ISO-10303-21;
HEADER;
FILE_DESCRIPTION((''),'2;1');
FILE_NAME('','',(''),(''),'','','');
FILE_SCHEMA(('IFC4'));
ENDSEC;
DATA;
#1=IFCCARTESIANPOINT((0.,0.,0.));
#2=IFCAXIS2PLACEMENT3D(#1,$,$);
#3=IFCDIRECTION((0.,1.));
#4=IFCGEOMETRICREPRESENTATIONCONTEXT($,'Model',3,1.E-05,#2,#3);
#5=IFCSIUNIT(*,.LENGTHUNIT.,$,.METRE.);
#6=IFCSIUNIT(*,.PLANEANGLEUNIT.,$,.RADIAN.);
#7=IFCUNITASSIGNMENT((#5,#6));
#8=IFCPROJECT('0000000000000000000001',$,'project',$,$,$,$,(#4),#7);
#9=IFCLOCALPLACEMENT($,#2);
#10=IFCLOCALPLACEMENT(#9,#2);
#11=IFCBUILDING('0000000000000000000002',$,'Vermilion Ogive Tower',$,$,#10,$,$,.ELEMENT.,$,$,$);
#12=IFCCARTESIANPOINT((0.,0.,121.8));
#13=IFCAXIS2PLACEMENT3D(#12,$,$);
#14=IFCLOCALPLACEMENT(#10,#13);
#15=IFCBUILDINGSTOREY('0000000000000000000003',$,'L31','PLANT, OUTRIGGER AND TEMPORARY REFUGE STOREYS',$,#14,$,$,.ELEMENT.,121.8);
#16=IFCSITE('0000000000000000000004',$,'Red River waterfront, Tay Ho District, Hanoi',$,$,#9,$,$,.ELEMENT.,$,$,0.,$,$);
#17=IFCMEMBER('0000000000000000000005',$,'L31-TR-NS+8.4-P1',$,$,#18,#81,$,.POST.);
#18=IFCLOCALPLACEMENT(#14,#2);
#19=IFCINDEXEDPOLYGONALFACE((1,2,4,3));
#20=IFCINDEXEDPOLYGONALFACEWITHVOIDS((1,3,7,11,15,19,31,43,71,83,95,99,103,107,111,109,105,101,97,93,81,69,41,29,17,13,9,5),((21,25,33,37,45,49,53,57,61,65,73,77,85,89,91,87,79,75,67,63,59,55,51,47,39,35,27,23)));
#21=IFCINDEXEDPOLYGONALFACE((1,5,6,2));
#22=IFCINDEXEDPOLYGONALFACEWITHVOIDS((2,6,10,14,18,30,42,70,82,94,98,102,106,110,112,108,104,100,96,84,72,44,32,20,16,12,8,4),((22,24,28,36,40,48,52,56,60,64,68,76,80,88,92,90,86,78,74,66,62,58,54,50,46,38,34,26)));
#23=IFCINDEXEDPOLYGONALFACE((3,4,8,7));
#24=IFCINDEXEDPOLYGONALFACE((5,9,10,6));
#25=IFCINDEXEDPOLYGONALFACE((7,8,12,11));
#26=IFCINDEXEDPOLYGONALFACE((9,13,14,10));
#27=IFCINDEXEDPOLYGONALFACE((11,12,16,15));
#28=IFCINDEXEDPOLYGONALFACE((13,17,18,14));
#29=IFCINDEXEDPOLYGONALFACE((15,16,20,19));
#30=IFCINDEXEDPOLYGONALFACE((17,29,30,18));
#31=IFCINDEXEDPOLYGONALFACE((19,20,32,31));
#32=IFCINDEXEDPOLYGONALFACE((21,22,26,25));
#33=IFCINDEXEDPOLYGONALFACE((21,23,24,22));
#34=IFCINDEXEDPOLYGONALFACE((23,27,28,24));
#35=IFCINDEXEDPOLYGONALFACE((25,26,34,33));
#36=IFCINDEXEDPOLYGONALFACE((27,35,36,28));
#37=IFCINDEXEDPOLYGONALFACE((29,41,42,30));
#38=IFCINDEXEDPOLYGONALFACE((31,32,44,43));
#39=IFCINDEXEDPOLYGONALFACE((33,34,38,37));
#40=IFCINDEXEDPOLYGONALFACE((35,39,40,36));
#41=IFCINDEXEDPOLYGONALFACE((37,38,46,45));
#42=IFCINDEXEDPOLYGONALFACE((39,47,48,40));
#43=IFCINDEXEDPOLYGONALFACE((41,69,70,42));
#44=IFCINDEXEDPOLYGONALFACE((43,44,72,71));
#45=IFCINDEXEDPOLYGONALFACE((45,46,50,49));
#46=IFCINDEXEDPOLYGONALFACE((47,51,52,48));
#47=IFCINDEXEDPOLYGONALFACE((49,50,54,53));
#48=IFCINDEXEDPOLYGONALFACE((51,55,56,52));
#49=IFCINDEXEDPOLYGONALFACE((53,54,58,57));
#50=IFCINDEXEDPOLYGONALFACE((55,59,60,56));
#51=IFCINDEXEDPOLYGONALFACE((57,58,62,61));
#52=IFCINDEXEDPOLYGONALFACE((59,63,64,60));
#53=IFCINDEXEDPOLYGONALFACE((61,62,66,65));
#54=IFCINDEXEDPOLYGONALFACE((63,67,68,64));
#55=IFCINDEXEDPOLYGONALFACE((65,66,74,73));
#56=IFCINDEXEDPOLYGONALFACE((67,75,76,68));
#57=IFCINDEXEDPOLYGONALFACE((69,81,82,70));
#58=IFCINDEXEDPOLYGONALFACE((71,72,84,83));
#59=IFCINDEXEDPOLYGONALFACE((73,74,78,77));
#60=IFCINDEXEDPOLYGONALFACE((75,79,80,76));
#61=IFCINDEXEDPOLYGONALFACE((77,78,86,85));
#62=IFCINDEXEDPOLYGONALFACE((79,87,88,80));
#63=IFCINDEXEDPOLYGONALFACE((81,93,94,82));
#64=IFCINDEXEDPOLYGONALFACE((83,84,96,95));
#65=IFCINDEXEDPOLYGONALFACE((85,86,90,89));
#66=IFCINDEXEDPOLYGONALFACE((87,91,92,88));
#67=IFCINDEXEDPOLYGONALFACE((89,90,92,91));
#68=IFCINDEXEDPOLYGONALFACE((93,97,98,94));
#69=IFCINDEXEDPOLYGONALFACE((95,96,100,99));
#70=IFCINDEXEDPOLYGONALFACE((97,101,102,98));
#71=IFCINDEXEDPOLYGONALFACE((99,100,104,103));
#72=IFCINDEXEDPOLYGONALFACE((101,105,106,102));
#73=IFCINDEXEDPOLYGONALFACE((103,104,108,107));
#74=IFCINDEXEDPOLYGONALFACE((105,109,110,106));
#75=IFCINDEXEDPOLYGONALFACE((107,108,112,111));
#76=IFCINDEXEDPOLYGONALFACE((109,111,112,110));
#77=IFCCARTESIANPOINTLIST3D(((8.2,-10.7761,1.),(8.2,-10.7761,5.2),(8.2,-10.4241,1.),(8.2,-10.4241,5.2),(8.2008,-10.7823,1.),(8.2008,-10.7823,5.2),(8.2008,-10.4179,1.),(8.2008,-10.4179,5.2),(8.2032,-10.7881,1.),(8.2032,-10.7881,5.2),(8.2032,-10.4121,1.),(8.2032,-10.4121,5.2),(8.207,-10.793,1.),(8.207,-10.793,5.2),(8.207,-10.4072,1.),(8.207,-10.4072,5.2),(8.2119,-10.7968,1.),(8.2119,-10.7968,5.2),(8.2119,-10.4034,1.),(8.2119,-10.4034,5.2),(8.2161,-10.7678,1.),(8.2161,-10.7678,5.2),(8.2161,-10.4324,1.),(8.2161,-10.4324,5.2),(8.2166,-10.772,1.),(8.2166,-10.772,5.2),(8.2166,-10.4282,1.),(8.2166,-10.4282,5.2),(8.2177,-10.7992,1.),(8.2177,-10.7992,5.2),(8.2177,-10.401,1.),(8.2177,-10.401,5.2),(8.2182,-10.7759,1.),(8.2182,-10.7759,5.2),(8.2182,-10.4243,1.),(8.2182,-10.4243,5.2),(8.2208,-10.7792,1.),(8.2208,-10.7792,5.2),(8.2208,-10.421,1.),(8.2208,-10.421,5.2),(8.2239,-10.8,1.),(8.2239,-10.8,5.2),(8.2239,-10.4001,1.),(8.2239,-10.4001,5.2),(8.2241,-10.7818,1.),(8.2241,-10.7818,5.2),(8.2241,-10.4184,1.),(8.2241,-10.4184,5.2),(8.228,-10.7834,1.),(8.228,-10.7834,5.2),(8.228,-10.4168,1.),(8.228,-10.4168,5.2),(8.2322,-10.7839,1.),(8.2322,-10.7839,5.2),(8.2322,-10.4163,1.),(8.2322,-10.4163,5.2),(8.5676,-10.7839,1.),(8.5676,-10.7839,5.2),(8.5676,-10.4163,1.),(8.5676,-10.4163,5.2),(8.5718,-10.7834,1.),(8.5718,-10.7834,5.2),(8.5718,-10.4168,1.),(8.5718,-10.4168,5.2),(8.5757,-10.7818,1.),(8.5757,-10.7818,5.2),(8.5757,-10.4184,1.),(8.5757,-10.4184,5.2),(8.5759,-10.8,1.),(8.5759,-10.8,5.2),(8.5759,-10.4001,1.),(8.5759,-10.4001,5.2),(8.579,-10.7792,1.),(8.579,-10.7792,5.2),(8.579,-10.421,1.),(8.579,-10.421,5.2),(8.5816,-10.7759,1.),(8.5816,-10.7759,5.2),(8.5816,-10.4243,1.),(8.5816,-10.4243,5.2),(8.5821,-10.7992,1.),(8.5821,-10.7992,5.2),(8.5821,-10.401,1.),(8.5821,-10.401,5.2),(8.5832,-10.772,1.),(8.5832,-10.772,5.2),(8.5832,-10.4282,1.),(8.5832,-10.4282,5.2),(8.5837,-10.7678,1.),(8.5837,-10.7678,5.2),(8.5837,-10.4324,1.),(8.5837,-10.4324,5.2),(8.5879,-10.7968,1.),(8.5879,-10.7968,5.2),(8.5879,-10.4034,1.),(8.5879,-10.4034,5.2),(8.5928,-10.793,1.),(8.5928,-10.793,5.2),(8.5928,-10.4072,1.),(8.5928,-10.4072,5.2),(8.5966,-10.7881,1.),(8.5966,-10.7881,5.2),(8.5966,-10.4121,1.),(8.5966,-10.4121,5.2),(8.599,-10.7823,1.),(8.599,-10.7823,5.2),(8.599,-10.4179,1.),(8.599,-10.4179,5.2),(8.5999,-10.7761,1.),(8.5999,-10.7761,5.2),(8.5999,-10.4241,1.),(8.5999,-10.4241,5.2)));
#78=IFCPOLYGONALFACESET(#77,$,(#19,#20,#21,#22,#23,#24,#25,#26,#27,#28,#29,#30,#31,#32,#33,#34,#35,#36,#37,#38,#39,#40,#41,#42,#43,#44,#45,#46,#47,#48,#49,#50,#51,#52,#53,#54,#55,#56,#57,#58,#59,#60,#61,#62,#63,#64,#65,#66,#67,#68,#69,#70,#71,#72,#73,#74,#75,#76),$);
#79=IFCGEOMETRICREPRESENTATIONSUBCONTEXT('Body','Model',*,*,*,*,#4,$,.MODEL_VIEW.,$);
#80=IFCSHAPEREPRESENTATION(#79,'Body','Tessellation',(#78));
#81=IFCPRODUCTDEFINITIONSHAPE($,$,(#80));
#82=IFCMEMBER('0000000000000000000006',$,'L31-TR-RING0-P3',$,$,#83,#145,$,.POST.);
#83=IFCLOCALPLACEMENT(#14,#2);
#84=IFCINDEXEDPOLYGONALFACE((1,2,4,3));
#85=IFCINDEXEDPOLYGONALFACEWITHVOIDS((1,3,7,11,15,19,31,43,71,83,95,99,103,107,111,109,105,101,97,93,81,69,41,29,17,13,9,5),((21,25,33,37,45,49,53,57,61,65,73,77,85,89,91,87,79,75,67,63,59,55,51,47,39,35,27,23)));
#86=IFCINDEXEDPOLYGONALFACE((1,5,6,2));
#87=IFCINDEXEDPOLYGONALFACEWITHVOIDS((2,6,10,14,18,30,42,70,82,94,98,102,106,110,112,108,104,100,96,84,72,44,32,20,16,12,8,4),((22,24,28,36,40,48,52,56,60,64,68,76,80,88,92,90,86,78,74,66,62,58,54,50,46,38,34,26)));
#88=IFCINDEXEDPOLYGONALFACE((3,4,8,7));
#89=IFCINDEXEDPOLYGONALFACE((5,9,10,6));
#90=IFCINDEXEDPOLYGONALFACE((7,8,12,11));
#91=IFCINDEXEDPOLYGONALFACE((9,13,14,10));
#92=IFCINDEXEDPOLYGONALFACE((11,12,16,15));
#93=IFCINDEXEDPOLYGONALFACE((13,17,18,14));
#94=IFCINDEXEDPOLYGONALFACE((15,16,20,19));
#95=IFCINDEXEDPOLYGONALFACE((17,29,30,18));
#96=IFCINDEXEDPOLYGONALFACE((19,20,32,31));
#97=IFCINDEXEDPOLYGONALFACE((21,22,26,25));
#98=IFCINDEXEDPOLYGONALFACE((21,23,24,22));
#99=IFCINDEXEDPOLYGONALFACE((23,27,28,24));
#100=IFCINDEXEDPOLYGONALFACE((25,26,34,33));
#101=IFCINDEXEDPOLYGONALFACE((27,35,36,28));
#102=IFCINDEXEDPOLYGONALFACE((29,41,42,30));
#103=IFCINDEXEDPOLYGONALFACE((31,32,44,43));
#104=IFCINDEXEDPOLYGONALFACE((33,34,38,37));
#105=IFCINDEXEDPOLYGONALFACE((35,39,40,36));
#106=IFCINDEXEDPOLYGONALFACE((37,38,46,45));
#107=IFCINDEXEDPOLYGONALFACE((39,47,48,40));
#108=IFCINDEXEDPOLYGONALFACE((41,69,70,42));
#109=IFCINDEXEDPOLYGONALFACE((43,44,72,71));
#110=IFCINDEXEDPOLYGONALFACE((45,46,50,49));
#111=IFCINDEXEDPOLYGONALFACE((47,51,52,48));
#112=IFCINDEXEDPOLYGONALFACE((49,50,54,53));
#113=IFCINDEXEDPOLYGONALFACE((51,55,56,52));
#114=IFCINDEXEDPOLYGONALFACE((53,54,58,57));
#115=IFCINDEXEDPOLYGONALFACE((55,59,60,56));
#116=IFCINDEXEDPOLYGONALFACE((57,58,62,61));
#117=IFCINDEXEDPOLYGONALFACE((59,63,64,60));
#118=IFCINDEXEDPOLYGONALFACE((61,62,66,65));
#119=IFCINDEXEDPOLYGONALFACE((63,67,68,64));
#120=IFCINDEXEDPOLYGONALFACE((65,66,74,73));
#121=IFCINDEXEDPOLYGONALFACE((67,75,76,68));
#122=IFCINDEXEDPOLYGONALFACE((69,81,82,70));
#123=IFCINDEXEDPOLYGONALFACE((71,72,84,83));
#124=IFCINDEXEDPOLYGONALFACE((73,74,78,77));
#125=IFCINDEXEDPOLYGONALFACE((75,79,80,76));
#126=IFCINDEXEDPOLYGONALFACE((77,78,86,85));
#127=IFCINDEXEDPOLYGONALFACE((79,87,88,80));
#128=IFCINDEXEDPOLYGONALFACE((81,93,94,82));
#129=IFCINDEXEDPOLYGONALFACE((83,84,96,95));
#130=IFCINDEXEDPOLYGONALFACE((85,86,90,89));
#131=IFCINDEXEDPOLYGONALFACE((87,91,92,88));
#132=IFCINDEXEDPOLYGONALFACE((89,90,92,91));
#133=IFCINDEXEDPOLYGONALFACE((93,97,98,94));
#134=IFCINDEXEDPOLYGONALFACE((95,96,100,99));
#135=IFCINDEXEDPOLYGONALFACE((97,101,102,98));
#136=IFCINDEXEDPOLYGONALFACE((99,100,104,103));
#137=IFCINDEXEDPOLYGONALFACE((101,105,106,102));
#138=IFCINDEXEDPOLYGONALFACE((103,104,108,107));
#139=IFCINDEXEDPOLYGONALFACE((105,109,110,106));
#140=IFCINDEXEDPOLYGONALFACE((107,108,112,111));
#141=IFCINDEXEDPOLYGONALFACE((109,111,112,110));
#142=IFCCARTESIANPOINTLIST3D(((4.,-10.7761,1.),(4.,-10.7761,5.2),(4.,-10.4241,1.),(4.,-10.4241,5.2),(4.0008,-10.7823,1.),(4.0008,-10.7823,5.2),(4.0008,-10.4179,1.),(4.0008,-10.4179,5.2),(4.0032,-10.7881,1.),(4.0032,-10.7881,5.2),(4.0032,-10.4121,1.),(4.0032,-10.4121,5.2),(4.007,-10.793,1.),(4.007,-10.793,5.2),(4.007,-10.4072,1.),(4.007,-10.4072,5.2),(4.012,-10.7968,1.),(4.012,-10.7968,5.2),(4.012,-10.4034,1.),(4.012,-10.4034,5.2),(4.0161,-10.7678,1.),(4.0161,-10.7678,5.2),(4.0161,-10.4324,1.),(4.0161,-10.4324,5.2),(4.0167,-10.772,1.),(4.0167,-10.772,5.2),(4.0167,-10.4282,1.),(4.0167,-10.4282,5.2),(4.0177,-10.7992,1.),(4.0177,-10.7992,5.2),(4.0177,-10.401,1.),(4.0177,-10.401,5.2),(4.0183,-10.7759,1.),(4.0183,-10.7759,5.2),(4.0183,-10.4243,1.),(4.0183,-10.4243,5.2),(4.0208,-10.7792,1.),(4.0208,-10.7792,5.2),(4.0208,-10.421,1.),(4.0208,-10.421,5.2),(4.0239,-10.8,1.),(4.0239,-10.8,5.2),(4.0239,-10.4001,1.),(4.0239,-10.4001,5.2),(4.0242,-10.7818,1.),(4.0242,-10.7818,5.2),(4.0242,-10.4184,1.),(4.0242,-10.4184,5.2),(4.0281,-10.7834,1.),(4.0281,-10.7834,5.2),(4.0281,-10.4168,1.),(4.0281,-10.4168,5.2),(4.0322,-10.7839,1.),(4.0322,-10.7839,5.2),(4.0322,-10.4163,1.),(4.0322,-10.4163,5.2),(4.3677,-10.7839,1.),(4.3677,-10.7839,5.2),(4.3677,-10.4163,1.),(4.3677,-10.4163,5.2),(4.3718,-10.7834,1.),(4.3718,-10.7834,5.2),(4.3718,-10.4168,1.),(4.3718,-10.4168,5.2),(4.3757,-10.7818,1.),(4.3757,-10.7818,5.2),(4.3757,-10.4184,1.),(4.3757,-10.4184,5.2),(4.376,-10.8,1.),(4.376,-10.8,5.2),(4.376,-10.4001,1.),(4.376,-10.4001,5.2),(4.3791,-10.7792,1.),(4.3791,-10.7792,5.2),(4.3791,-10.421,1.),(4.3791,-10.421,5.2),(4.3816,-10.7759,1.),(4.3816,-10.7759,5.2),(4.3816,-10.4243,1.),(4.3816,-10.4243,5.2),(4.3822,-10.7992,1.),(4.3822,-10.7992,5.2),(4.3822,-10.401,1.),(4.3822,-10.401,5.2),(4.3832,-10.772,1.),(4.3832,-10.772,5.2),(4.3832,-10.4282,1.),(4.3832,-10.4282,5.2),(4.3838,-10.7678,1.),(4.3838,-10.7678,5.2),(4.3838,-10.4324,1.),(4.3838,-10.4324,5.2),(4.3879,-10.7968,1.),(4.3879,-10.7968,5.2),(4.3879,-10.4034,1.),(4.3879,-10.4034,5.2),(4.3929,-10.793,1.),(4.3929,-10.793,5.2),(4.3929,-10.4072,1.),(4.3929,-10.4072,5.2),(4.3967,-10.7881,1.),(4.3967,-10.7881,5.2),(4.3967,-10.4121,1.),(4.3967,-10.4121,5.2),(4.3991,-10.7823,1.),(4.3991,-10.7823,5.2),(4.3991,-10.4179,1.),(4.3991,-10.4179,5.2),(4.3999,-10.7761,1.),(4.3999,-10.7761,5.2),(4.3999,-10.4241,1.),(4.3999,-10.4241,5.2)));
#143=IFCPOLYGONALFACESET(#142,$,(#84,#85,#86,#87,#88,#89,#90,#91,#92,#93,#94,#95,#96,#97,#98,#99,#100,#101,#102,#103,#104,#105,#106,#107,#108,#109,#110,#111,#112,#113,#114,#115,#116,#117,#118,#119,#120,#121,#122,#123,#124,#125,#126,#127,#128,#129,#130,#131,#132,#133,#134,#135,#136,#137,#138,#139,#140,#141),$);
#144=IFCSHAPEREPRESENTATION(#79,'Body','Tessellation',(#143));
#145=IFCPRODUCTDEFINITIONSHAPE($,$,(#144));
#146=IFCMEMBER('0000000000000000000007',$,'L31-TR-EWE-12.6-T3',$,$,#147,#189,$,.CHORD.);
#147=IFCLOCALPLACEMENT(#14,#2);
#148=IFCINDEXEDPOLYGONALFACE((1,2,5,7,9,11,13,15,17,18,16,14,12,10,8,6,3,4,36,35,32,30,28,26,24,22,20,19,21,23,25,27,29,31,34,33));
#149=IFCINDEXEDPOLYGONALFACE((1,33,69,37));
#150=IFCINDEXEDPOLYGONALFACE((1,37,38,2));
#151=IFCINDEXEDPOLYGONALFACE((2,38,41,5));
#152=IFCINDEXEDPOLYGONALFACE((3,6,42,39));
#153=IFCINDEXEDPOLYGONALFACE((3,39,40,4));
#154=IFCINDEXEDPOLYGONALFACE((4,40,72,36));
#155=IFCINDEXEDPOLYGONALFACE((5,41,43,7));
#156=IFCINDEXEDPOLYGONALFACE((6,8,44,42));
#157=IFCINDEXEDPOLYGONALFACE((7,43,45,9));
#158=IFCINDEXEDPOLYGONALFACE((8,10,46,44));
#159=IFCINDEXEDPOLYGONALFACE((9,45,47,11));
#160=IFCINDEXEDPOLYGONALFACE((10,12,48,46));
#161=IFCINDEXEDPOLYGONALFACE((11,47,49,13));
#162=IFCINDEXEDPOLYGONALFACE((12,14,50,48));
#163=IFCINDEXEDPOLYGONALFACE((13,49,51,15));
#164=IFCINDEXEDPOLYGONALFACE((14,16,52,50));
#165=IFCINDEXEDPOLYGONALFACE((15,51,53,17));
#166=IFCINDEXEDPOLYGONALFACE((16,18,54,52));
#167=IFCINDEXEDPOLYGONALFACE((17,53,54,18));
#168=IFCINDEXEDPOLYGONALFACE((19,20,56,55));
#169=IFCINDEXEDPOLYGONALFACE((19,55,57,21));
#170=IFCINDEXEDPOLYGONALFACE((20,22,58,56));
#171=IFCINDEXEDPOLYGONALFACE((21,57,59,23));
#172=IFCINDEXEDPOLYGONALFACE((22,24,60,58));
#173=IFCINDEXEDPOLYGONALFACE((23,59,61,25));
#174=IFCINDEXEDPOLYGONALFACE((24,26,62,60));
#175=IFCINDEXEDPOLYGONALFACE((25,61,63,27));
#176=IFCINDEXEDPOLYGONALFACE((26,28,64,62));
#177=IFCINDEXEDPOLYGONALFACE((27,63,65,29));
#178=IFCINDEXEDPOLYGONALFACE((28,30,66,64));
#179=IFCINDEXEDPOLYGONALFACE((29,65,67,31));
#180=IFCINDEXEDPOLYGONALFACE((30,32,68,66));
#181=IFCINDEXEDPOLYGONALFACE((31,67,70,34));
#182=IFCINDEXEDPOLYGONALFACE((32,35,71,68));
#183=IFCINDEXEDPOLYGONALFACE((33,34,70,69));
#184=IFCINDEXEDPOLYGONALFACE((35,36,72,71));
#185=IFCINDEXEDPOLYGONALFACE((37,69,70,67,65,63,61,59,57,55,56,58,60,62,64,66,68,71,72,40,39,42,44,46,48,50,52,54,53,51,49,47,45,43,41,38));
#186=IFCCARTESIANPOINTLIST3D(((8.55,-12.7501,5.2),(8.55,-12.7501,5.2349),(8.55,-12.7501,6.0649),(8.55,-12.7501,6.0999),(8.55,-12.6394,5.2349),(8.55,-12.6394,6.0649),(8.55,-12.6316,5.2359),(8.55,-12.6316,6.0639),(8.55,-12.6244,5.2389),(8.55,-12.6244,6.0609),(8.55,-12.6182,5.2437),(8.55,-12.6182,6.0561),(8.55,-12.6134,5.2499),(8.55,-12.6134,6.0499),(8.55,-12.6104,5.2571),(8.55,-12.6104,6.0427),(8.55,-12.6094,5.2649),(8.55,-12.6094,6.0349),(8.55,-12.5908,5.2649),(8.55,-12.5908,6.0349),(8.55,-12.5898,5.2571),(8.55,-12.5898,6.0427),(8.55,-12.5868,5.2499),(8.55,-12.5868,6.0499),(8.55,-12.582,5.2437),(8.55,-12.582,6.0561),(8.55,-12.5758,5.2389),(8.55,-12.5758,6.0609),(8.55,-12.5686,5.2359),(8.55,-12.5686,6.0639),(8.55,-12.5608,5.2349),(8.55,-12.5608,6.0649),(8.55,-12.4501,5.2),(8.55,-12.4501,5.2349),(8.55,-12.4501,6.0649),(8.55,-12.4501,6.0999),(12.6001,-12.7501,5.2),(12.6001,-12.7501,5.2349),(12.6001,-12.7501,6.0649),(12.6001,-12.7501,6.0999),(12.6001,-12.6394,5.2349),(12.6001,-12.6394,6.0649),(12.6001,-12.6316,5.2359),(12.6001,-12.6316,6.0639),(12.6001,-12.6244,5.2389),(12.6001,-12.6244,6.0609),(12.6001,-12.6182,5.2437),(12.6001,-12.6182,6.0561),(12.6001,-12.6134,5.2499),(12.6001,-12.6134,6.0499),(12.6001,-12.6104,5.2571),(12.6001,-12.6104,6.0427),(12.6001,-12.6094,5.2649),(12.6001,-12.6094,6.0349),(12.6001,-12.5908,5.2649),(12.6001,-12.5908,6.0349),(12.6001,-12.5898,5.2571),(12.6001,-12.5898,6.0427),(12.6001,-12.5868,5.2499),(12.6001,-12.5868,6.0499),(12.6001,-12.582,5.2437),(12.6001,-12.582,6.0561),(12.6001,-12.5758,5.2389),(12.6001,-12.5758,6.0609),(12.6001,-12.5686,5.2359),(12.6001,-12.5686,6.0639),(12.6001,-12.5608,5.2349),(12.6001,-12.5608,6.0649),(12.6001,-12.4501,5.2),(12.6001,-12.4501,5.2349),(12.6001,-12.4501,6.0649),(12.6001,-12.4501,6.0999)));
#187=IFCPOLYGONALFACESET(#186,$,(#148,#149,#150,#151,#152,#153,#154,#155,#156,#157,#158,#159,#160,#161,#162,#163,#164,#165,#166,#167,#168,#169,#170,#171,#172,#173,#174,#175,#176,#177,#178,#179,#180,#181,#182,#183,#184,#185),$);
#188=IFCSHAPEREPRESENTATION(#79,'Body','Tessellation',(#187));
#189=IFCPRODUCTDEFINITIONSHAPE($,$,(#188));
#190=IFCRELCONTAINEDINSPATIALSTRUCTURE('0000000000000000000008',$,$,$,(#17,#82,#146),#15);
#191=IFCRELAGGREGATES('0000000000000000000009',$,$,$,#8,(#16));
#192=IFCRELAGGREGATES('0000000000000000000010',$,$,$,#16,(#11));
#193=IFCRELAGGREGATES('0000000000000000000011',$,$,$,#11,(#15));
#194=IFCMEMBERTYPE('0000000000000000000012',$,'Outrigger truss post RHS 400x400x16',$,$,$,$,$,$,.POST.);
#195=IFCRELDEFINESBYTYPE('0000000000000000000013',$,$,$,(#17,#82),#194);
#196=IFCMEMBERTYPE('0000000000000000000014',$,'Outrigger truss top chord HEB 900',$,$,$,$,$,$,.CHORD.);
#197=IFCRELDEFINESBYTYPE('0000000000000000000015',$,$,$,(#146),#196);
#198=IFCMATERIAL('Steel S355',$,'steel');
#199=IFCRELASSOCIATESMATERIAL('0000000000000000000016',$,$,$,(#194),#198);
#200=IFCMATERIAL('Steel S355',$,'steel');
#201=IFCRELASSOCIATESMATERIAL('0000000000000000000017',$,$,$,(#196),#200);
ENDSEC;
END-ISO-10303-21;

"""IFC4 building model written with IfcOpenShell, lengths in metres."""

from ifc_helpers import new_model, si_unit, direction, frame, origin, origin_2d, place, context, subcontext, project, spatial, hollow_rectangle, i_section, extrude, material, material_profile, profile_set, type_object, element, save


model = new_model("IFC4")

# Units and contexts
model_context = context("Model", 3, precision=1e-05, world=origin(), true_north=direction((0.0, 1.0)))
body_context = subcontext(model_context, "Body", "Model", "MODEL_VIEW")
ifc_project = project(units=[si_unit("LENGTHUNIT", "METRE"), si_unit("PLANEANGLEUNIT", "RADIAN")], contexts=[model_context])

# Site, building, storey
site_placement = place(None, origin())
site = spatial("IfcSite", under=ifc_project, at=site_placement, Name="Red River waterfront, Tay Ho District, Hanoi", CompositionType="ELEMENT", RefElevation=0.0)
building_placement = place(site_placement, origin())
building = spatial("IfcBuilding", under=site, at=building_placement, Name="Vermilion Ogive Tower", CompositionType="ELEMENT")
storey_placement = place(building_placement, frame((0.0, 0.0, 121.8)))
storey = spatial("IfcBuildingStorey", under=building, at=storey_placement, Name="L31", Description="PLANT, OUTRIGGER AND TEMPORARY REFUGE STOREYS", CompositionType="ELEMENT", Elevation=121.8)

# Members
ifc_material_1 = material(Name="Steel S355", Category="steel")
ifc_material_profile_1 = material_profile(ifc_material_1, hollow_rectangle(XDim=0.3999, YDim=0.3999, WallThickness=0.0161, InnerFilletRadius=0.0161, OuterFilletRadius=0.0239, at=origin_2d()), Name="RHS 400x400x16")
ifc_profile_set_1 = profile_set([ifc_material_profile_1], Name="Steel S355")
member_type_1 = type_object("IfcMemberType", Name="Outrigger truss post RHS 400x400x16", PredefinedType="POST", material=ifc_profile_set_1)
for number, where, z_axis, x_axis, name in (
    (1, (8.3999, -10.6001, 1.0), (0.0, 0.0, 1.0), (1.0, 0.0, 0.0), "L31-TR-NS+8.4-P1"),
    (2, (4.2, -10.6001, 1.0), (0.0, 0.0, 1.0), (1.0, 0.0, 0.0), "L31-TR-RING0-P3"),
):
    element("IfcMember", number, at=place(storey_placement, frame(where, z_axis=z_axis, x_axis=x_axis)), inside=storey, type_object=member_type_1, Name=name, PredefinedType="POST", context=body_context, shape_type="SweptSolid", body=[
        extrude(hollow_rectangle(XDim=0.3999, YDim=0.3999, WallThickness=0.0161, InnerFilletRadius=0.0161, OuterFilletRadius=0.0239, at=origin_2d()), origin(), (0.0, 0.0, 1.0), 4.2),
    ])
ifc_material_2 = material(Name="Steel S355", Category="steel")
ifc_material_profile_2 = material_profile(ifc_material_2, i_section(OverallWidth=0.3, OverallDepth=0.8999, WebThickness=0.0186, FlangeThickness=0.0349, FilletRadius=0.03, at=origin_2d()), Name="HEB 900")
ifc_profile_set_2 = profile_set([ifc_material_profile_2], Name="Steel S355")
member_type_2 = type_object("IfcMemberType", Name="Outrigger truss top chord HEB 900", PredefinedType="CHORD", material=ifc_profile_set_2)
member_1_placement = place(storey_placement, frame((8.55, -12.6001, 5.6499), z_axis=(1.0, 0.0, 0.0), x_axis=(0.0, 1.0, 0.0)))
element("IfcMember", 3, at=member_1_placement, inside=storey, type_object=member_type_2, Name="L31-TR-EWE-12.6-T3", PredefinedType="CHORD", context=body_context, shape_type="SweptSolid", body=[
    extrude(i_section(OverallWidth=0.3, OverallDepth=0.8999, WebThickness=0.0186, FlangeThickness=0.0349, FilletRadius=0.03, at=origin_2d()), origin(), (0.0, 0.0, 1.0), 4.05),
])

save(model, "model.ifc")
